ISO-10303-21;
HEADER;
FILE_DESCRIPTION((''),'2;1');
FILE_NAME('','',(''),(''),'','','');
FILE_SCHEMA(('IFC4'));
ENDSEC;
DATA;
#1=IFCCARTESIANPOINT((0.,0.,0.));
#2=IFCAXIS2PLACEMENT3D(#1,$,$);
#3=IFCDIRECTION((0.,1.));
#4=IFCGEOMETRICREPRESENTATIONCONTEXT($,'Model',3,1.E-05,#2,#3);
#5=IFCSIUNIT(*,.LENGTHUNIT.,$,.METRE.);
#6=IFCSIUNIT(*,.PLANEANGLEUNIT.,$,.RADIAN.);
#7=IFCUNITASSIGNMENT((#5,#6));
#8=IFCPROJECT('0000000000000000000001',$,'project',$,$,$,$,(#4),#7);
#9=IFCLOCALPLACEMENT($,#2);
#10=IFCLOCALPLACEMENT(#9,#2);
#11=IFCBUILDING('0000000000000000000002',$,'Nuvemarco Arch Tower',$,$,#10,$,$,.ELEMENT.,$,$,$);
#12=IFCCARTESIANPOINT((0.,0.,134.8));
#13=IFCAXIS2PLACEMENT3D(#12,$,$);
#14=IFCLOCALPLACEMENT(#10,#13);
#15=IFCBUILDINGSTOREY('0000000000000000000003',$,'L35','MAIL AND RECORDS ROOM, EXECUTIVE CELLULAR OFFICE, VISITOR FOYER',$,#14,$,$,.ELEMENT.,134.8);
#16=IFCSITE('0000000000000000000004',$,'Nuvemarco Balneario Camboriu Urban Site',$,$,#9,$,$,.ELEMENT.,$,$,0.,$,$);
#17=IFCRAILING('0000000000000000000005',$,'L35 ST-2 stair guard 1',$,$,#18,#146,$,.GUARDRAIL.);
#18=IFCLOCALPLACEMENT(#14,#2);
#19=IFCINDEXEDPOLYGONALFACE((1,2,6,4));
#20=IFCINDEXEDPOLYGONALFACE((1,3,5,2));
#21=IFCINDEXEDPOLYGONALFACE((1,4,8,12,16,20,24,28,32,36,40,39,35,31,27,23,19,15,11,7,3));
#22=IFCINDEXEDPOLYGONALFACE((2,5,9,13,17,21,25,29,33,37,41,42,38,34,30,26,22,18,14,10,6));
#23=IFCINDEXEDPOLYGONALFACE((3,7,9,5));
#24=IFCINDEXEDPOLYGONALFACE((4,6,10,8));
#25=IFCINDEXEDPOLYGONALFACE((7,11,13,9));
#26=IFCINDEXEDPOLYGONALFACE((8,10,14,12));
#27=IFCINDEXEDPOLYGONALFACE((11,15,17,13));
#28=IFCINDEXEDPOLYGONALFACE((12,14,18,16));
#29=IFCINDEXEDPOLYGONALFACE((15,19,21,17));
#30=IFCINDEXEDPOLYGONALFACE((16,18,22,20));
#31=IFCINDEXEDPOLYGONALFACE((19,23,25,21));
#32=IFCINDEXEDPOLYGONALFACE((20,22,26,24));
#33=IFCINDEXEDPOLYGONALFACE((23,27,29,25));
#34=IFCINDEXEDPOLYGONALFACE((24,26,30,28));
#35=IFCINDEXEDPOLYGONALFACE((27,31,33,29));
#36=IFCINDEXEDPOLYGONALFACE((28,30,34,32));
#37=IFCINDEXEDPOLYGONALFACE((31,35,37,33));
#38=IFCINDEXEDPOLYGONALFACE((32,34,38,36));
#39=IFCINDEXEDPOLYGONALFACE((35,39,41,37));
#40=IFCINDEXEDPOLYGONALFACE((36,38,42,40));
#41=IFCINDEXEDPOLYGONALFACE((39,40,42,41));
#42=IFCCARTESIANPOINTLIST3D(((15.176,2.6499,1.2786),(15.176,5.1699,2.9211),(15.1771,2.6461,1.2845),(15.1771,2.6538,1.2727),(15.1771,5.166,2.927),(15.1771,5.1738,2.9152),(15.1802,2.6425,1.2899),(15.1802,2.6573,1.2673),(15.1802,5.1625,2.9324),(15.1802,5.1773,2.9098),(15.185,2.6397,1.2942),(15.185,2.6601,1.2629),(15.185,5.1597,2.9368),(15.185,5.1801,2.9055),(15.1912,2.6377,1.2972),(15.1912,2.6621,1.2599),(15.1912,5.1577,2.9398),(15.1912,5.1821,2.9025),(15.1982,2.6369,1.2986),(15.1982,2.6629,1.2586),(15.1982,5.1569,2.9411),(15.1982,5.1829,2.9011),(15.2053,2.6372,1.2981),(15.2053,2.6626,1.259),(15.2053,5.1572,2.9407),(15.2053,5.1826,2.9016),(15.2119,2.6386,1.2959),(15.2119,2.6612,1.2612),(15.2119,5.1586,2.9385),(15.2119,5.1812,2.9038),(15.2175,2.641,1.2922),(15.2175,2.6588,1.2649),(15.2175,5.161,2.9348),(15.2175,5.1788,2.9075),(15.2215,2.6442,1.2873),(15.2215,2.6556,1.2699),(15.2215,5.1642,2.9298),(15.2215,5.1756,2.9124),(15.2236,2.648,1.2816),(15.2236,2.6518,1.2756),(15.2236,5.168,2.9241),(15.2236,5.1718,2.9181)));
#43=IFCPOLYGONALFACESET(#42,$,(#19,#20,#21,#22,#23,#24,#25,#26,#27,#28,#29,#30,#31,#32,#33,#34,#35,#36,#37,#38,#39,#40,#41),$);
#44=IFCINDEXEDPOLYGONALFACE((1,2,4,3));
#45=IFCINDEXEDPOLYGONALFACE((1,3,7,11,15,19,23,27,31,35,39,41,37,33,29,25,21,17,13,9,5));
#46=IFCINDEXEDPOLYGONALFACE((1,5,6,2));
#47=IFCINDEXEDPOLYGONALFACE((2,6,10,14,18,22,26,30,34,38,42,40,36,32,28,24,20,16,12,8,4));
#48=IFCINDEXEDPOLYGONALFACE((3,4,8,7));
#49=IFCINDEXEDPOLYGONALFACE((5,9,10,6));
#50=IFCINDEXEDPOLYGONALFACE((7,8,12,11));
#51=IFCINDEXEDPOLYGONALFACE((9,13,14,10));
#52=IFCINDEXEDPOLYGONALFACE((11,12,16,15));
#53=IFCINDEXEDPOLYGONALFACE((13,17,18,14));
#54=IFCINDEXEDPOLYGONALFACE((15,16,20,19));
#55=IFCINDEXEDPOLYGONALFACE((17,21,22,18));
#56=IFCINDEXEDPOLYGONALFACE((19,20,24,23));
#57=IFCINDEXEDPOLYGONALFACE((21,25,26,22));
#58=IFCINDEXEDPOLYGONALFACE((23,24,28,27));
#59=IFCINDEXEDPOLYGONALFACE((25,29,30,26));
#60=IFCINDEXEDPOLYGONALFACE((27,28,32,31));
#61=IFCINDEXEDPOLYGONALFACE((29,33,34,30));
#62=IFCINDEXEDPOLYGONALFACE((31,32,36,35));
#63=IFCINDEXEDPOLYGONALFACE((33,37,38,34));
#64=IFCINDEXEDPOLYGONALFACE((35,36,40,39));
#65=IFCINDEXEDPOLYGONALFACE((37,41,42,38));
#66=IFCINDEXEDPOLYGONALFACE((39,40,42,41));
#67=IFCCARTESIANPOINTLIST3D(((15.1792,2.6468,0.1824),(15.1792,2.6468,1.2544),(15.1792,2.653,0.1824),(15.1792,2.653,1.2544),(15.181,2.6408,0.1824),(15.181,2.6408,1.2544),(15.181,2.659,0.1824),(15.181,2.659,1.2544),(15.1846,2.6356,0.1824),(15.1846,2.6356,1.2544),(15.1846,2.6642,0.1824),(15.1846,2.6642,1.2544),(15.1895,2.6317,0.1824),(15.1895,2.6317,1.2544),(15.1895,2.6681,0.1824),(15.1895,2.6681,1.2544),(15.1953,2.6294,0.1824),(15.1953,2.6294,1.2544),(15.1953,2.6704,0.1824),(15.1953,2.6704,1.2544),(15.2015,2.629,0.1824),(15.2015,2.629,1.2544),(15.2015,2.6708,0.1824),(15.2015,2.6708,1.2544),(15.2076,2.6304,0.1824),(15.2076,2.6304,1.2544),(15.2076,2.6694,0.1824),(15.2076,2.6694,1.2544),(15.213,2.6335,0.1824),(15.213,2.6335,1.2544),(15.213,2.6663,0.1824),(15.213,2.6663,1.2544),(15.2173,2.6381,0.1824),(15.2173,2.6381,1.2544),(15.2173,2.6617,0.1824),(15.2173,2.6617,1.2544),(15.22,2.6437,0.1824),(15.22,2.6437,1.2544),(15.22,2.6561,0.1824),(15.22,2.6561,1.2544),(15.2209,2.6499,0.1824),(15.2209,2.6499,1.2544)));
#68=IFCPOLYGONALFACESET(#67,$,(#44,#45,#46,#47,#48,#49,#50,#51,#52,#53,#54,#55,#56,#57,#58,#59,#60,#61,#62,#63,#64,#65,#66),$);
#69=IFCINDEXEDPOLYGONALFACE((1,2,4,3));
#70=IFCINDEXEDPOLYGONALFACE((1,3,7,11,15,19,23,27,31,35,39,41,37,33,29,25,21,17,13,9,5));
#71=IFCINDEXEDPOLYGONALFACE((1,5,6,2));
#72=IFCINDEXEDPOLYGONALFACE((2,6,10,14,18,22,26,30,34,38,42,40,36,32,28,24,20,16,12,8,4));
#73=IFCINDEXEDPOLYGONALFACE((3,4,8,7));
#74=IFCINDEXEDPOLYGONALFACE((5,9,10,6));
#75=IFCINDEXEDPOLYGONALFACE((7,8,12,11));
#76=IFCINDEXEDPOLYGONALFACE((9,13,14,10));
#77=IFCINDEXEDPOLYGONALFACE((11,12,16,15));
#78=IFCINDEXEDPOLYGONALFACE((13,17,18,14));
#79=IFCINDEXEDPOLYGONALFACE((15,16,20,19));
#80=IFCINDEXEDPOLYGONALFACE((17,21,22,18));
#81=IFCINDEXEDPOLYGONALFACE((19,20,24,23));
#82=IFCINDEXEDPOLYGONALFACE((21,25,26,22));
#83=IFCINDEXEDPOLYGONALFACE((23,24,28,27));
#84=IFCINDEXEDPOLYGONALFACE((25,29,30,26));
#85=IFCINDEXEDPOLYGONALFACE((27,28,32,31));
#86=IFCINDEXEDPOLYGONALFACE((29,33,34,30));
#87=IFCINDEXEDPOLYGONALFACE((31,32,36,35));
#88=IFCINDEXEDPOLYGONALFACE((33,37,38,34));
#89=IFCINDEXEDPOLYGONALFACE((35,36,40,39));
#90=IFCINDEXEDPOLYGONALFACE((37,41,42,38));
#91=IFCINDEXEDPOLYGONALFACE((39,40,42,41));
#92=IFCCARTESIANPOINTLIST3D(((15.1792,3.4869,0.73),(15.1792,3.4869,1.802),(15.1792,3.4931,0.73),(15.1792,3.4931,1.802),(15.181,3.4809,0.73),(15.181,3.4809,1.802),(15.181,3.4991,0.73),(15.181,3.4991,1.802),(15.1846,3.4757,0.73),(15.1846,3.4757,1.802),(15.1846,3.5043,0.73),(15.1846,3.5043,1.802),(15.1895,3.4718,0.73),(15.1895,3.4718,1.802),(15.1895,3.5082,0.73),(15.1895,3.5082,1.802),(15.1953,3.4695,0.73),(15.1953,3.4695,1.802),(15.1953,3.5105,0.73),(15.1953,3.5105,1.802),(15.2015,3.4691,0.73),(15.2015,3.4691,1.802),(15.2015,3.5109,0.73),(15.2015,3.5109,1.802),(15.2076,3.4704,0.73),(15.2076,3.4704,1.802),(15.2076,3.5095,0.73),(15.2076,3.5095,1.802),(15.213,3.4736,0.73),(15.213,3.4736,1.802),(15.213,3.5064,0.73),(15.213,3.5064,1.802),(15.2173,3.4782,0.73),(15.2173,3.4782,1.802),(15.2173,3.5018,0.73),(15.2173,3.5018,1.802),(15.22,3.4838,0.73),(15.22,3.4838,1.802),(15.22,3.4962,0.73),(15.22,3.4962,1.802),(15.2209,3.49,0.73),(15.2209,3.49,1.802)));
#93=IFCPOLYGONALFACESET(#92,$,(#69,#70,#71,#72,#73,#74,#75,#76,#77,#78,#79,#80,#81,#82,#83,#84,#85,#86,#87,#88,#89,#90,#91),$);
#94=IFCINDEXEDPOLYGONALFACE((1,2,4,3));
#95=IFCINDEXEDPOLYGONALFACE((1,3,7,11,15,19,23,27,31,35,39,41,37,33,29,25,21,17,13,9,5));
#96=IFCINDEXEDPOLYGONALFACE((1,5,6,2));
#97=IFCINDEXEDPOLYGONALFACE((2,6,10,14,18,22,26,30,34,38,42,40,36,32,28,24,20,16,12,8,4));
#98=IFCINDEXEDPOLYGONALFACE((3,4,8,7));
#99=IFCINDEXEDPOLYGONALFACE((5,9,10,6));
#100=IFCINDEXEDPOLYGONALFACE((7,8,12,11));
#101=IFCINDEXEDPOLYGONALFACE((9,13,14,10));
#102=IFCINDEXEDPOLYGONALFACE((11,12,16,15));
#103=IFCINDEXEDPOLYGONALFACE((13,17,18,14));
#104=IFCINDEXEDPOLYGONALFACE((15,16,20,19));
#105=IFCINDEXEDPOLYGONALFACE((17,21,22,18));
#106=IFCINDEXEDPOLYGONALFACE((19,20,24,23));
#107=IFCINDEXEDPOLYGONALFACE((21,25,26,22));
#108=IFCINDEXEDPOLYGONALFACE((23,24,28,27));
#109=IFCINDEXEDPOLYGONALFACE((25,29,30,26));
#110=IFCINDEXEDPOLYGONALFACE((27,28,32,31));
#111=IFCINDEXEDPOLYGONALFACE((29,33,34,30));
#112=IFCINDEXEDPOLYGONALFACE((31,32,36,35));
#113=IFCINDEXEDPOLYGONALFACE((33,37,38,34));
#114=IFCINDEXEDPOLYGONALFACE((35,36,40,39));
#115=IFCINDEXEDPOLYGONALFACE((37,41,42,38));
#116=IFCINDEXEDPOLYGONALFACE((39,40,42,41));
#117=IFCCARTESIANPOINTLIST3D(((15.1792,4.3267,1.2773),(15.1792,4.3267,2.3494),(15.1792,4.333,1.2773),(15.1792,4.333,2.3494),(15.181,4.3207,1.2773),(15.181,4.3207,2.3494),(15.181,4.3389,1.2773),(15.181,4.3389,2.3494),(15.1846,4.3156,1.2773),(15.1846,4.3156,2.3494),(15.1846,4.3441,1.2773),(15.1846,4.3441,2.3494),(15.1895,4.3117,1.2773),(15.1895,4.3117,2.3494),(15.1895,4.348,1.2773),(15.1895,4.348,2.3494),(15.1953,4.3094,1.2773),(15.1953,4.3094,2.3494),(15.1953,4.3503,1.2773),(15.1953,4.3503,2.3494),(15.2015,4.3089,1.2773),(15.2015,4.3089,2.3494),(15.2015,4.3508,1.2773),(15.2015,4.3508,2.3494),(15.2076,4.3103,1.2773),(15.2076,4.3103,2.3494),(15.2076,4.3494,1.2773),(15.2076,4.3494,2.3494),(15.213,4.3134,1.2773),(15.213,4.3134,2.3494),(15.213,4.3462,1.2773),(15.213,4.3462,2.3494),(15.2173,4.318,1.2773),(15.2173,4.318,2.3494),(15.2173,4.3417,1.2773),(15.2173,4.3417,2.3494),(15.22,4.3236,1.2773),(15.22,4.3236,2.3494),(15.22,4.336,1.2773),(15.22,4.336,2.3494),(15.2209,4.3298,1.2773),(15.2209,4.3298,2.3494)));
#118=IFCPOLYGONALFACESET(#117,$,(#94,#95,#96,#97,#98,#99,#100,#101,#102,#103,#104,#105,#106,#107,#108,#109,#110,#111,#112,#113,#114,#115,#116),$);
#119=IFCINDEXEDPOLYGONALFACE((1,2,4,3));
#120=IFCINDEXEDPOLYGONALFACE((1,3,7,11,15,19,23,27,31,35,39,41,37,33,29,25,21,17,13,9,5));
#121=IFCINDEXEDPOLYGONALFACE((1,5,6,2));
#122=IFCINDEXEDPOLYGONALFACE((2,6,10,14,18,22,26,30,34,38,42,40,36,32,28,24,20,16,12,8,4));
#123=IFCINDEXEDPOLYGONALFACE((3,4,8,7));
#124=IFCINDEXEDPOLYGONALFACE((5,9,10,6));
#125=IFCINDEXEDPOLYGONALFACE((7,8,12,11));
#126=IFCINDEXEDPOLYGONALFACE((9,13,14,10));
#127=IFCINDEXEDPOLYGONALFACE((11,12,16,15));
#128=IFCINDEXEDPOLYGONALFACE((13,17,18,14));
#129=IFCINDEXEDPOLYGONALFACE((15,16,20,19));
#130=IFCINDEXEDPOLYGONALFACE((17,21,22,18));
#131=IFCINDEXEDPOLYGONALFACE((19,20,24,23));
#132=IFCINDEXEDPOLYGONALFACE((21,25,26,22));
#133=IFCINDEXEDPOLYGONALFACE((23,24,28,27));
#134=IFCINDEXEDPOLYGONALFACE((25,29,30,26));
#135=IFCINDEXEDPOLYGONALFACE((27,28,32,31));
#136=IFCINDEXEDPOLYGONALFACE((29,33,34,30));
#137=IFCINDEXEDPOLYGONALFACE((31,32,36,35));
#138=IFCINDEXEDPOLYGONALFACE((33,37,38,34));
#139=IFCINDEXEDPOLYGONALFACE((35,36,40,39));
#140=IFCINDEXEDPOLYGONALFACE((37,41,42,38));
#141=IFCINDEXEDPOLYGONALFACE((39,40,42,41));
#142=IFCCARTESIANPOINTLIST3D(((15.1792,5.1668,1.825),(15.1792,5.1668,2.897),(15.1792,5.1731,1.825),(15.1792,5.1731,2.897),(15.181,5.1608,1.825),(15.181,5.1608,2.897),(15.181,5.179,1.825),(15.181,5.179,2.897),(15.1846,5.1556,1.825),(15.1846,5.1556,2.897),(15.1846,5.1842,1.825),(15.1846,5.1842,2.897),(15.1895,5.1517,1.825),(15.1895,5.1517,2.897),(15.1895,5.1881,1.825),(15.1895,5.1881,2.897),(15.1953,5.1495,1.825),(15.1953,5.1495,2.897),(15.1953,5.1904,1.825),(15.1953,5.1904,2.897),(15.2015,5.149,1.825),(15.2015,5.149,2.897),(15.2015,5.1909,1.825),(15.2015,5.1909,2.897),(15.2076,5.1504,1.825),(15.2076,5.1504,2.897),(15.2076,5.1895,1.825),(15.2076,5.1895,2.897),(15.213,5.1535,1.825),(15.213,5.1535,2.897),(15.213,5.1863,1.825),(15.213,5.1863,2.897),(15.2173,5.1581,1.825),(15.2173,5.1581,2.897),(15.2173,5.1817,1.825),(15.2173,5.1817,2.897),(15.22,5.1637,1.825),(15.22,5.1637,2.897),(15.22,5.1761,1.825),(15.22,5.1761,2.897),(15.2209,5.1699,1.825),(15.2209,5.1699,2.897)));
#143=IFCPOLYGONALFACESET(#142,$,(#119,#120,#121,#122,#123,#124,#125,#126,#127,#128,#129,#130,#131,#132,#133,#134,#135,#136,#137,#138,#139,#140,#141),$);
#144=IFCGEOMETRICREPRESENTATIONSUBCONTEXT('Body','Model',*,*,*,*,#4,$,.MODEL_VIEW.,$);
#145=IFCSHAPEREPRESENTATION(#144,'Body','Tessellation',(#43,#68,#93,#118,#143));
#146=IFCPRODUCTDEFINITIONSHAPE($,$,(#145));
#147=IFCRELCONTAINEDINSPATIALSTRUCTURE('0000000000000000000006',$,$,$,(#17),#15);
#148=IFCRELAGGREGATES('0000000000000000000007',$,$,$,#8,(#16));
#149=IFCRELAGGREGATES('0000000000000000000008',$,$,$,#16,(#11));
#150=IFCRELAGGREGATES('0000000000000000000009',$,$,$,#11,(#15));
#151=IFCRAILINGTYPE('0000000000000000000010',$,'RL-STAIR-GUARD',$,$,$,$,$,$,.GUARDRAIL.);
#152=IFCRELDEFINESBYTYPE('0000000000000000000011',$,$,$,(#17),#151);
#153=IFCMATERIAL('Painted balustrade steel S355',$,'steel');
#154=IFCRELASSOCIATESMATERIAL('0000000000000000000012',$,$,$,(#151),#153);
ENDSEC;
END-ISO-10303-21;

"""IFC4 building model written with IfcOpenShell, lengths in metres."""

from ifc_helpers import new_model, si_unit, direction, frame, origin, origin_2d, place, context, subcontext, project, spatial, circle, extrude, material, type_object, element, save


model = new_model("IFC4")

# Units and contexts
model_context = context("Model", 3, precision=1e-05, world=origin(), true_north=direction((0.0, 1.0)))
body_context = subcontext(model_context, "Body", "Model", "MODEL_VIEW")
ifc_project = project(units=[si_unit("LENGTHUNIT", "METRE"), si_unit("PLANEANGLEUNIT", "RADIAN")], contexts=[model_context])

# Site, building, storey
site_placement = place(None, origin())
site = spatial("IfcSite", under=ifc_project, at=site_placement, Name="Nuvemarco Balneario Camboriu Urban Site", CompositionType="ELEMENT", RefElevation=0.0)
building_placement = place(site_placement, origin())
building = spatial("IfcBuilding", under=site, at=building_placement, Name="Nuvemarco Arch Tower", CompositionType="ELEMENT")
storey_placement = place(building_placement, frame((0.0, 0.0, 134.8)))
storey = spatial("IfcBuildingStorey", under=building, at=storey_placement, Name="L35", Description="MAIL AND RECORDS ROOM, EXECUTIVE CELLULAR OFFICE, VISITOR FOYER", CompositionType="ELEMENT", Elevation=134.8)

# Railing
ifc_material_1 = material(Name="Painted balustrade steel S355", Category="steel")
railing_type_1 = type_object("IfcRailingType", Name="RL-STAIR-GUARD", PredefinedType="GUARDRAIL", material=ifc_material_1)
railing_1_placement = place(storey_placement, frame((15.2, 2.6499, 0.1824)))
element("IfcRailing", 1, at=railing_1_placement, inside=storey, type_object=railing_type_1, Name="L35 ST-2 stair guard 1", PredefinedType="GUARDRAIL", context=body_context, shape_type="SweptSolid", body=[
    extrude(circle(Radius=0.0239, at=origin_2d()), frame((0.0, 0.0, 1.0962), z_axis=(0.0, 0.837749, 0.546055), x_axis=(-1.0, 0.0, 0.0)), (0.0, 0.0, 1.0), 3.0081),
    extrude(circle(Radius=0.021, at=origin_2d()), origin(), (0.0, 0.0, 1.0), 1.072),
    extrude(circle(Radius=0.021, at=origin_2d()), frame((0.0, 0.8401, 0.5476)), (0.0, 0.0, 1.0), 1.072),
    extrude(circle(Radius=0.021, at=origin_2d()), frame((0.0, 1.6799, 1.095)), (0.0, 0.0, 1.0), 1.072),
    extrude(circle(Radius=0.021, at=origin_2d()), frame((0.0, 2.52, 1.6426)), (0.0, 0.0, 1.0), 1.072),
])

save(model, "model.ifc")
